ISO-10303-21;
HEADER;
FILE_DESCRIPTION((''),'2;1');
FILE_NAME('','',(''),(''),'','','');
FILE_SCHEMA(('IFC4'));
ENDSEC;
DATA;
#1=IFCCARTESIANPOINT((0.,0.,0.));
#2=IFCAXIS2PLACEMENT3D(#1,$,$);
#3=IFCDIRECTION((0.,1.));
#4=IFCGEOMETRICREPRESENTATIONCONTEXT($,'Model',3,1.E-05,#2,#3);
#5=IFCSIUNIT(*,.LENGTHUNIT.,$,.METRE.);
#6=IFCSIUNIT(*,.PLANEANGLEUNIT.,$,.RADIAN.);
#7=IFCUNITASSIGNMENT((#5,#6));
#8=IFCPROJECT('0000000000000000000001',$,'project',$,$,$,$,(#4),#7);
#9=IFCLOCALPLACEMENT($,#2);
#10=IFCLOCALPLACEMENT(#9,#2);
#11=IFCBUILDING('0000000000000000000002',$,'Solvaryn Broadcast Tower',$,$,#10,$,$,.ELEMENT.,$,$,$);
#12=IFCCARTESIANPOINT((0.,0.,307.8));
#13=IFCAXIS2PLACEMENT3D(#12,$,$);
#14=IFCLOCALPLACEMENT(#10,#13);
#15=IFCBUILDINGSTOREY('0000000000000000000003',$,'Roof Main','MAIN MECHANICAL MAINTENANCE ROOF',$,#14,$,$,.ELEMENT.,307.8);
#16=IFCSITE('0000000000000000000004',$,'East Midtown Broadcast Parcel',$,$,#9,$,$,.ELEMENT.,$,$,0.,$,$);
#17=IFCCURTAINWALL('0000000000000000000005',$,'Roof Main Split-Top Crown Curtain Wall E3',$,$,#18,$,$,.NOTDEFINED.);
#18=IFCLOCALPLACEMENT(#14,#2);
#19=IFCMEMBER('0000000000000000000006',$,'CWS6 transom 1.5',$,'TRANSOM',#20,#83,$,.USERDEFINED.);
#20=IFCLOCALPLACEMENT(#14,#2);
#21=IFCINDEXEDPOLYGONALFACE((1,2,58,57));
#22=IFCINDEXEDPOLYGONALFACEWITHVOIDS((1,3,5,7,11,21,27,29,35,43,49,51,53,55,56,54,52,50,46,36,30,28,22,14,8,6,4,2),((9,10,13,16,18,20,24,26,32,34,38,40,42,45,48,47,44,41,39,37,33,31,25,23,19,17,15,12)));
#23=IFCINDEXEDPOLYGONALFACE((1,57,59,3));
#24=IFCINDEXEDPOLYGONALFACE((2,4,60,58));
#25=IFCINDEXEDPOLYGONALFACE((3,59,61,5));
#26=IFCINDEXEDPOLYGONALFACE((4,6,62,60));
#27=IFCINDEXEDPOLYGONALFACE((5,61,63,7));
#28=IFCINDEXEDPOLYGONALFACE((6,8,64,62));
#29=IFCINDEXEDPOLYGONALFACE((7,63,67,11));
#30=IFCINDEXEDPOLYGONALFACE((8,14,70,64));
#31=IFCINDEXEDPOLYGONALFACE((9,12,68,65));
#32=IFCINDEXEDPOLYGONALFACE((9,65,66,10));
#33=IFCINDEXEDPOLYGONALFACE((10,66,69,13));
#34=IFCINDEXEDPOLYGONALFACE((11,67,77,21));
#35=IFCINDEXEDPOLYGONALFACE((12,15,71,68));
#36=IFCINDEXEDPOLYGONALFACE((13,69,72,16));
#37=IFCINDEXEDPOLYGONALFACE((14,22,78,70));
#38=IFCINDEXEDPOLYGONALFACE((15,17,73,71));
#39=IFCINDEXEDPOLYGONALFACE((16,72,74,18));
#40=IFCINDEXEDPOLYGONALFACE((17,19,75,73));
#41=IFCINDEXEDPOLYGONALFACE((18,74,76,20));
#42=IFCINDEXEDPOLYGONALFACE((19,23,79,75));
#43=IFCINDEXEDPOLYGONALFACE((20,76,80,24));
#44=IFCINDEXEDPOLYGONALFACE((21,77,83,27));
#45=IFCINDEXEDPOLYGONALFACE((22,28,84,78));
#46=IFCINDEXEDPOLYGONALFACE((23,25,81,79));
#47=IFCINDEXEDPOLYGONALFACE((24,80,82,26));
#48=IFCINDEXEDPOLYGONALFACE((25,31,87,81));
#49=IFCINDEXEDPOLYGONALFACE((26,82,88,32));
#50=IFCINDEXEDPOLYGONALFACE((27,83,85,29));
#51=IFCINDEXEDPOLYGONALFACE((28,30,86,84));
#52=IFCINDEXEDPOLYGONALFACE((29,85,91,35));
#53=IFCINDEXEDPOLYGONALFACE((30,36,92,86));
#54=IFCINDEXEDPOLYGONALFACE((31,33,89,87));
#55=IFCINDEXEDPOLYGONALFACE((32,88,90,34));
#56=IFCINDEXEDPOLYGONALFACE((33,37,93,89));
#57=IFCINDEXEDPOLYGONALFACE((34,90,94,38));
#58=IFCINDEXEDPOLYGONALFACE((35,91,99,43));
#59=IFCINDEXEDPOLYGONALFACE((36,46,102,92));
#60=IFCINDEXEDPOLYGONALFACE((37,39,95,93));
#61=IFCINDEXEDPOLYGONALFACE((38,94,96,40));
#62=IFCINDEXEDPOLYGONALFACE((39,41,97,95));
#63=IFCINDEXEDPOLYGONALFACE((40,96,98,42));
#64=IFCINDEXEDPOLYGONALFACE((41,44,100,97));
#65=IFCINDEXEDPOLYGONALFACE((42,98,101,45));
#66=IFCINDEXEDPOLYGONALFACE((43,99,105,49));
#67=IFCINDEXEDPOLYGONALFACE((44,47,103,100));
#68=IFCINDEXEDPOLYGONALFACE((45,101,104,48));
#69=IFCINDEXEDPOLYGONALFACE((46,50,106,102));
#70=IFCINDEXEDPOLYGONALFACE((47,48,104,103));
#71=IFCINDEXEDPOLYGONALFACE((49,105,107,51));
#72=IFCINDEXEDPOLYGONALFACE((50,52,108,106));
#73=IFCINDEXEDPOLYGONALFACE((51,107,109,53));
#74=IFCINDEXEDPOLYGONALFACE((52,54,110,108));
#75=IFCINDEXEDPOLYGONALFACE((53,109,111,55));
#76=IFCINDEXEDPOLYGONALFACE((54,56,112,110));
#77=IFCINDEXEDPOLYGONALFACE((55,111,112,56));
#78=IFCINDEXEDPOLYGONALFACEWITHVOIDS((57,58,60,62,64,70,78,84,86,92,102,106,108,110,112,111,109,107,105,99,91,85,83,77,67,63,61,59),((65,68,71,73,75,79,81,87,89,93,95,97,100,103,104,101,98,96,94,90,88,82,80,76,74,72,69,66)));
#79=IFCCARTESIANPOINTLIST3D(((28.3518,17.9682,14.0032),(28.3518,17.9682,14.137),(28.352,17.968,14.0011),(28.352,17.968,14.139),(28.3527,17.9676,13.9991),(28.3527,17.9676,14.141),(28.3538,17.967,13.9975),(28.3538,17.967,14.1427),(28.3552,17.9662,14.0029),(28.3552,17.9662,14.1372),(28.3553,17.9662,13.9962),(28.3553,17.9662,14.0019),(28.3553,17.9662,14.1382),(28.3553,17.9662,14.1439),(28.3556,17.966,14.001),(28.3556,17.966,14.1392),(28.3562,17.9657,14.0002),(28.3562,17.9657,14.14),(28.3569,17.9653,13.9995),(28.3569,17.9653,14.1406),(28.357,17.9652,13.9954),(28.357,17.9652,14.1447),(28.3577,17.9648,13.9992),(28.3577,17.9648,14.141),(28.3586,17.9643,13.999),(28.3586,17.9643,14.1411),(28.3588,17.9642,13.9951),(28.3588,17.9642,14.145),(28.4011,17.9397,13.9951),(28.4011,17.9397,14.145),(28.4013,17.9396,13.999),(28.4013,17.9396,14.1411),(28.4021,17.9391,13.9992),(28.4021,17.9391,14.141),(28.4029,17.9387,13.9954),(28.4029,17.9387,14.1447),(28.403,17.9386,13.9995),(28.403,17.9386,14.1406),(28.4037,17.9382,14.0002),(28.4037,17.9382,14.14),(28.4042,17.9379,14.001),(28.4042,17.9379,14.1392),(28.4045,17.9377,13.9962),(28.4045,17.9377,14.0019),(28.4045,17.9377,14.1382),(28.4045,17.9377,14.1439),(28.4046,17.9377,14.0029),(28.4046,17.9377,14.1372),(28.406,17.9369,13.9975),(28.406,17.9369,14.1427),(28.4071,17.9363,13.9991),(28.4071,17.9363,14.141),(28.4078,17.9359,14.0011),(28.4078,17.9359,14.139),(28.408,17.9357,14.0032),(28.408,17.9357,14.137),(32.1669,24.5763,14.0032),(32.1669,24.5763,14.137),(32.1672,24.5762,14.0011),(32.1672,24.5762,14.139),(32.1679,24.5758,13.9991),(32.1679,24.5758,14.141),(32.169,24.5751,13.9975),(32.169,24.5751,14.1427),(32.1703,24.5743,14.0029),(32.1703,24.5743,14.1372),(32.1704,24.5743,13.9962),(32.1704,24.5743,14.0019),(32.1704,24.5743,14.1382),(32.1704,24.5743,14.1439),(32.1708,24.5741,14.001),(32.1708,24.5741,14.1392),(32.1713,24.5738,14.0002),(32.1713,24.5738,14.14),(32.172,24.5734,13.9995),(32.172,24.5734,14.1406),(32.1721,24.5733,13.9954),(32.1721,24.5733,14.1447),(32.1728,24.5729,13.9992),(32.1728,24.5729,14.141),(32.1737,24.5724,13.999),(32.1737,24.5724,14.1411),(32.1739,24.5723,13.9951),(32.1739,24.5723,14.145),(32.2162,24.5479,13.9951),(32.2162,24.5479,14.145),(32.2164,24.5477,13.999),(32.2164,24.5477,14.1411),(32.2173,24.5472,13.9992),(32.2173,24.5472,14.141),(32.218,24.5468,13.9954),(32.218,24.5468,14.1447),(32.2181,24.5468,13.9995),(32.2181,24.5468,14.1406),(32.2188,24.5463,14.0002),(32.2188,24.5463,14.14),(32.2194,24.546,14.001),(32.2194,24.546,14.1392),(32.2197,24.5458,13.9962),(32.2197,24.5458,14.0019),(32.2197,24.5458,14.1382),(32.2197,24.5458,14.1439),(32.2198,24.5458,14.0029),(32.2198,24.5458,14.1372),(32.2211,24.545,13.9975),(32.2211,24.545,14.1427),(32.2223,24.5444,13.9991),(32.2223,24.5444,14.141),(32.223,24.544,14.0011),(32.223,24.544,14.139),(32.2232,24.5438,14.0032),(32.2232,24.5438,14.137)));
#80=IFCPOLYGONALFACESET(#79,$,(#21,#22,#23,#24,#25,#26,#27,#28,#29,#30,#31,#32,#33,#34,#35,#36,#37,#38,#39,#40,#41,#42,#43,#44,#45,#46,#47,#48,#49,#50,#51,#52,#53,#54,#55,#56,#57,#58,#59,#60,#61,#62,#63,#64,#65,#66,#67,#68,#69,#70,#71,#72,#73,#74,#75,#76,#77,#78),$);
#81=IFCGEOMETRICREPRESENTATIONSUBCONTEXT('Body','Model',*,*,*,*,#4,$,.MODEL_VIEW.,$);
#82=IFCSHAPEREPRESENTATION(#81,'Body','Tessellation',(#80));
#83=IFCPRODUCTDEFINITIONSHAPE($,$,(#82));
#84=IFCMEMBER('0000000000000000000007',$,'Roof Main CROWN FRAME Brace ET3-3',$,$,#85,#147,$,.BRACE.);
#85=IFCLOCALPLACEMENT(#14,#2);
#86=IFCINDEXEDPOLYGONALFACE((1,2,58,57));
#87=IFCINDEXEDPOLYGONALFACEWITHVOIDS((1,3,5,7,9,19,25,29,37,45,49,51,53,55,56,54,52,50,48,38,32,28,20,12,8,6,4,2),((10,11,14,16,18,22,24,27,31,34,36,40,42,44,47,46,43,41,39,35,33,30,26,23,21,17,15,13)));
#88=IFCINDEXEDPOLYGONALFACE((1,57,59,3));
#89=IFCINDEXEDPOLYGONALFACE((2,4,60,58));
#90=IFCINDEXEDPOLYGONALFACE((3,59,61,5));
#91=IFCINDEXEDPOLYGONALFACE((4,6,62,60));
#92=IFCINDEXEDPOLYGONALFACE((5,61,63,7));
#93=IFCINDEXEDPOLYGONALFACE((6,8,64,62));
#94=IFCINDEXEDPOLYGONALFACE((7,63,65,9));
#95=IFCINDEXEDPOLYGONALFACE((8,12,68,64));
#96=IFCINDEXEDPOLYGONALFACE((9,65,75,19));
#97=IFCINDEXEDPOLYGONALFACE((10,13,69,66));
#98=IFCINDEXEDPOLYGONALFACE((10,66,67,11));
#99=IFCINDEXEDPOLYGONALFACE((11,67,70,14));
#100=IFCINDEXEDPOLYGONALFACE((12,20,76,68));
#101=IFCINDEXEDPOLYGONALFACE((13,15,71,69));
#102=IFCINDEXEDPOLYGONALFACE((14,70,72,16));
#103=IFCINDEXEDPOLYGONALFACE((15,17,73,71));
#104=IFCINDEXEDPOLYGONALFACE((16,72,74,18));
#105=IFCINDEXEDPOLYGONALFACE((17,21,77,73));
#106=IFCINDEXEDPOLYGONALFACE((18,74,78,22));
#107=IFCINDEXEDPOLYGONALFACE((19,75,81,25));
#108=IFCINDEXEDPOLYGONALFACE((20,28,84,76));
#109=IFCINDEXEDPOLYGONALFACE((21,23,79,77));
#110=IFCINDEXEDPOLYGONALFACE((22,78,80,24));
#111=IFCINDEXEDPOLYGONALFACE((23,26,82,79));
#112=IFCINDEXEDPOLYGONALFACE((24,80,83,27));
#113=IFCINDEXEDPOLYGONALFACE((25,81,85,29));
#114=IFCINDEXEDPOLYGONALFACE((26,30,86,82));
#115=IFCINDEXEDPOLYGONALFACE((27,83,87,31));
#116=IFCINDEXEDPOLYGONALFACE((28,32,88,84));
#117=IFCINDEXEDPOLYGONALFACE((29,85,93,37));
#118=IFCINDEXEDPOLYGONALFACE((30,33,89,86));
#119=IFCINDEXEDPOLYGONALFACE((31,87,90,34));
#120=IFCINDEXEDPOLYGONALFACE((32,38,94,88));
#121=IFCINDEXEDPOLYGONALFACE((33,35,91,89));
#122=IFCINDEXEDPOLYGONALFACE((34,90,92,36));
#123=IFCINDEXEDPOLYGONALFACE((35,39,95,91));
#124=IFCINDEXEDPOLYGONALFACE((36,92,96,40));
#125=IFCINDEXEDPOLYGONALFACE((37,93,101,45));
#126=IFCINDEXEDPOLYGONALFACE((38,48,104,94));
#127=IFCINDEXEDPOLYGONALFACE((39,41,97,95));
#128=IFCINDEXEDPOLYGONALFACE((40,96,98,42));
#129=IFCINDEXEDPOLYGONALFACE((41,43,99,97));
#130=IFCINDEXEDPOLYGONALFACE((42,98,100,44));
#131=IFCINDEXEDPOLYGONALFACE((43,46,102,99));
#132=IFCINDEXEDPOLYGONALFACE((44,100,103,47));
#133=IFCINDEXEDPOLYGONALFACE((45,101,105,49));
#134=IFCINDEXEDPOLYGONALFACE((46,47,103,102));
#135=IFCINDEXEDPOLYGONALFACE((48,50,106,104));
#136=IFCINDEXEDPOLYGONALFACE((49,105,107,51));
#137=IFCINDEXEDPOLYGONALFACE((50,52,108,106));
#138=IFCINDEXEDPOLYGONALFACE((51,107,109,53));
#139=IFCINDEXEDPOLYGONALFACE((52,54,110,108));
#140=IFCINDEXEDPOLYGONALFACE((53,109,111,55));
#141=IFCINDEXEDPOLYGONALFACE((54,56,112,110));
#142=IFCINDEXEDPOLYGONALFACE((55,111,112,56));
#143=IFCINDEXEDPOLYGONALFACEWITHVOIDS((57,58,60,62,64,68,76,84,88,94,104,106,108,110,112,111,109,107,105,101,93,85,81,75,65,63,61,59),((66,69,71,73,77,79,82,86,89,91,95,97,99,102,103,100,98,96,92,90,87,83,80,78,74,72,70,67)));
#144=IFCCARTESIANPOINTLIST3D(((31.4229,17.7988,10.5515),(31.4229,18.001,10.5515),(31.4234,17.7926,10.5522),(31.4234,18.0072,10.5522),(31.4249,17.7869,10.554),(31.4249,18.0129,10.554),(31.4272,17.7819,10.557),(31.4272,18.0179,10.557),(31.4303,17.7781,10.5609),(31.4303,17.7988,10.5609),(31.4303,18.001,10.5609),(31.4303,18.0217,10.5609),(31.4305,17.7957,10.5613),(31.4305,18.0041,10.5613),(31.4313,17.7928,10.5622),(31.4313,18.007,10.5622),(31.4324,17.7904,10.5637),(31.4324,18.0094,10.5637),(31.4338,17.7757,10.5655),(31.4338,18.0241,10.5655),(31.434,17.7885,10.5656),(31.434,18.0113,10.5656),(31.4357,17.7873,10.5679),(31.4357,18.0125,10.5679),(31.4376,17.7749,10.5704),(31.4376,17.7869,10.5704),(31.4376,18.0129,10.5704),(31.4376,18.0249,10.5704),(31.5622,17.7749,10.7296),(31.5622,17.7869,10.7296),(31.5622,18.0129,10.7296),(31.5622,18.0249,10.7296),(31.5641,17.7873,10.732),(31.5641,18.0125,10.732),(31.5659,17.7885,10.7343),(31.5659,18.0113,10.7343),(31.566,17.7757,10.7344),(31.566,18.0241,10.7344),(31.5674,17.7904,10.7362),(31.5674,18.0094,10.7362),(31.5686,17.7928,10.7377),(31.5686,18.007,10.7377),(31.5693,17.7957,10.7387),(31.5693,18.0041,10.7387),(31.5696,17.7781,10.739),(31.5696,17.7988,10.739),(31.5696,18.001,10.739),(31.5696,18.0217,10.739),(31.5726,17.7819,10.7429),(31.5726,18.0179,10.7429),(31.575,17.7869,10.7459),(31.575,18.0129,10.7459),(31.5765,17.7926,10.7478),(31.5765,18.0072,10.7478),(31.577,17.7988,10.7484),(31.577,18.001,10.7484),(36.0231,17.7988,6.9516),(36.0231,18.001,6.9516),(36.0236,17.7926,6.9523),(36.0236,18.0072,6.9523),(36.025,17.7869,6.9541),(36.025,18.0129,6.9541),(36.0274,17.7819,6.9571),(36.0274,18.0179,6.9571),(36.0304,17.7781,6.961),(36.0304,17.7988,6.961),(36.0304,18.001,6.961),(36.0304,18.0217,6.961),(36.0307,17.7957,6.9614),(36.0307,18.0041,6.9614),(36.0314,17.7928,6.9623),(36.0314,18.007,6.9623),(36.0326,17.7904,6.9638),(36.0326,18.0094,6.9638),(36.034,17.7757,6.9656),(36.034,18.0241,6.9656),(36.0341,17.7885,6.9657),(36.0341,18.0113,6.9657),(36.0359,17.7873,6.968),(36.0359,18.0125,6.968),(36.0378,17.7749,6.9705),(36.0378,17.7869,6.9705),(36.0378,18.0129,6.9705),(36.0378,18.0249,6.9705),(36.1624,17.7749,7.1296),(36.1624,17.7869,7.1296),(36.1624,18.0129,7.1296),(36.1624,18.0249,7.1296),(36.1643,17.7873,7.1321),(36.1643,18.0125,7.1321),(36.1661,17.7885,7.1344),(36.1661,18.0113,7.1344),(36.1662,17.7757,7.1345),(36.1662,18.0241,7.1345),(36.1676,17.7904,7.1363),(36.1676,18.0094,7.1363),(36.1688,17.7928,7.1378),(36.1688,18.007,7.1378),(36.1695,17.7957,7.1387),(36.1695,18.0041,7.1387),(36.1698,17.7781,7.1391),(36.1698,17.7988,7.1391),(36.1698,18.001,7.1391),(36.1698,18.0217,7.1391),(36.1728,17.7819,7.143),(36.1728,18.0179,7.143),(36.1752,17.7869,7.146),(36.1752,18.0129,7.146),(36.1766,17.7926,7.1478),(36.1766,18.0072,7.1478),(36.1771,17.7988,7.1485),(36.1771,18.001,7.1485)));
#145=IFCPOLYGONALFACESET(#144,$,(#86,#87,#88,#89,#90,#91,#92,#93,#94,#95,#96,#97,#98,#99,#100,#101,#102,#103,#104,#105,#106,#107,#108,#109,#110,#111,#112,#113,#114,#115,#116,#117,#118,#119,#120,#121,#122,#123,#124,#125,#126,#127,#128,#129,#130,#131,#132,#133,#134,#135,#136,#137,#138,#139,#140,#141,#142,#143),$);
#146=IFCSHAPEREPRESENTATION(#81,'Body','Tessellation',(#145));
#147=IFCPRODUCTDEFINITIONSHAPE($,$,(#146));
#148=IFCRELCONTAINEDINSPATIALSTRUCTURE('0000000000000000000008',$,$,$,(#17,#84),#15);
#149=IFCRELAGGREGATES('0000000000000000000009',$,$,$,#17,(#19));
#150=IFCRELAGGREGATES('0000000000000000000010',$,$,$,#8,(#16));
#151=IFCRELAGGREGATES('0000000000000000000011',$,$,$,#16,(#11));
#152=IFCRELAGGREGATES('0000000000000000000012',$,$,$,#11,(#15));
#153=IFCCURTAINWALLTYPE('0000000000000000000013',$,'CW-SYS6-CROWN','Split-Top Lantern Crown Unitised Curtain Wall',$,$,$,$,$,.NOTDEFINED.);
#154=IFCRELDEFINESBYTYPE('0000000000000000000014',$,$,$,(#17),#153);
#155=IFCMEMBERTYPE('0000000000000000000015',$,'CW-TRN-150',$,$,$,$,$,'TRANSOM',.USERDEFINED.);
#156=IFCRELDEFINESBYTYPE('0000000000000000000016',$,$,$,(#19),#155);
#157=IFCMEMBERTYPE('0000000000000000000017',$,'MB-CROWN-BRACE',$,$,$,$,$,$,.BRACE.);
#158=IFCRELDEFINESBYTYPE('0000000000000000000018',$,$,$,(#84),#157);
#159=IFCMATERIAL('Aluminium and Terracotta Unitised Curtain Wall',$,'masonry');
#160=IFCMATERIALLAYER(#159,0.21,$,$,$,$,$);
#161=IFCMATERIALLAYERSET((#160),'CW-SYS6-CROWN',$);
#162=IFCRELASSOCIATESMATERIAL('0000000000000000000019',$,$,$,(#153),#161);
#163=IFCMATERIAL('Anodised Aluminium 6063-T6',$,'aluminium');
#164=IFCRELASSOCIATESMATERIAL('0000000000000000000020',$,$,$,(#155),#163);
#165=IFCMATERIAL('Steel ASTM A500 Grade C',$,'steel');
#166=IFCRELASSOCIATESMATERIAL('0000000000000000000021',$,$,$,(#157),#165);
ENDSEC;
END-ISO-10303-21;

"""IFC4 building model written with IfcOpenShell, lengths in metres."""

from ifc_helpers import new_model, si_unit, direction, frame, origin, origin_2d, place, context, subcontext, project, spatial, hollow_rectangle, extrude, material, layer, layer_set, material_profile, profile_set, type_object, element, aggregate, save


model = new_model("IFC4")

# Units and contexts
model_context = context("Model", 3, precision=1e-05, world=origin(), true_north=direction((0.0, 1.0)))
body_context = subcontext(model_context, "Body", "Model", "MODEL_VIEW")
ifc_project = project(units=[si_unit("LENGTHUNIT", "METRE"), si_unit("PLANEANGLEUNIT", "RADIAN")], contexts=[model_context])

# Site, building, storey
site_placement = place(None, origin())
site = spatial("IfcSite", under=ifc_project, at=site_placement, Name="East Midtown Broadcast Parcel", CompositionType="ELEMENT", RefElevation=0.0)
building_placement = place(site_placement, origin())
building = spatial("IfcBuilding", under=site, at=building_placement, Name="Solvaryn Broadcast Tower", CompositionType="ELEMENT")
storey_placement = place(building_placement, frame((0.0, 0.0, 307.8)))
storey = spatial("IfcBuildingStorey", under=building, at=storey_placement, Name="Roof Main", Description="MAIN MECHANICAL MAINTENANCE ROOF", CompositionType="ELEMENT", Elevation=307.8)

# Shared definitions
ifc_material_1 = material(Name="Aluminium and Terracotta Unitised Curtain Wall", Category="masonry")
ifc_layer_1 = layer(ifc_material_1, 0.21)
ifc_layer_set_1 = layer_set([ifc_layer_1], Name="CW-SYS6-CROWN")
curtain_wall_type = type_object("IfcCurtainWallType", Name="CW-SYS6-CROWN", Description="Split-Top Lantern Crown Unitised Curtain Wall", PredefinedType="NOTDEFINED", material=ifc_layer_set_1)

# Curtain wall
curtain_wall_1_placement = place(storey_placement, origin())
curtain_wall_1 = element("IfcCurtainWall", 1, at=curtain_wall_1_placement, inside=storey, type_object=curtain_wall_type, Name="Roof Main Split-Top Crown Curtain Wall E3", PredefinedType="NOTDEFINED")

# Member
ifc_material_2 = material(Name="Anodised Aluminium 6063-T6", Category="aluminium")
ifc_material_profile_1 = material_profile(ifc_material_2, hollow_rectangle(XDim=0.0649, YDim=0.1499, WallThickness=0.0039, InnerFilletRadius=0.0039, OuterFilletRadius=0.0081, at=origin_2d()))
ifc_profile_set_1 = profile_set([ifc_material_profile_1], Name="Anodised Aluminium 6063-T6")
member_type_1 = type_object("IfcMemberType", Name="CW-TRN-150", ElementType="TRANSOM", PredefinedType="USERDEFINED", material=ifc_profile_set_1)
member_1_placement = place(storey_placement, frame((32.1951, 24.5601, 14.0701), z_axis=(-0.499997, -0.866027, 0.0), x_axis=(0.866027, -0.499997, 0.0)))
member_1 = element("IfcMember", 2, at=member_1_placement, type_object=member_type_1, Name="CWS6 transom 1.5", ObjectType="TRANSOM", PredefinedType="USERDEFINED", context=body_context, shape_type="SweptSolid", body=[
    extrude(hollow_rectangle(XDim=0.0649, YDim=0.1499, WallThickness=0.0039, InnerFilletRadius=0.0039, OuterFilletRadius=0.0081, at=origin_2d()), origin(), (0.0, 0.0, 1.0), 7.6304),
])

# Member
ifc_material_3 = material(Name="Steel ASTM A500 Grade C", Category="steel")
ifc_material_profile_2 = material_profile(ifc_material_3, hollow_rectangle(XDim=0.25, YDim=0.25, WallThickness=0.012, InnerFilletRadius=0.012, OuterFilletRadius=0.0239, at=origin_2d()))
ifc_profile_set_2 = profile_set([ifc_material_profile_2], Name="Steel ASTM A500 Grade C")
member_type_2 = type_object("IfcMemberType", Name="MB-CROWN-BRACE", PredefinedType="BRACE", material=ifc_profile_set_2)
member_2_placement = place(storey_placement, frame((36.1001, 17.8999, 7.05), z_axis=(-0.787524, 0.0, 0.616285), x_axis=(0.0, -1.0, 0.0)))
element("IfcMember", 3, at=member_2_placement, inside=storey, type_object=member_type_2, Name="Roof Main CROWN FRAME Brace ET3-3", PredefinedType="BRACE", context=body_context, shape_type="SweptSolid", body=[
    extrude(hollow_rectangle(XDim=0.25, YDim=0.25, WallThickness=0.012, InnerFilletRadius=0.012, OuterFilletRadius=0.0239, at=origin_2d()), origin(), (0.0, 0.0, 1.0), 5.8413),
])

aggregate(curtain_wall_1, [member_1])

save(model, "model.ifc")
